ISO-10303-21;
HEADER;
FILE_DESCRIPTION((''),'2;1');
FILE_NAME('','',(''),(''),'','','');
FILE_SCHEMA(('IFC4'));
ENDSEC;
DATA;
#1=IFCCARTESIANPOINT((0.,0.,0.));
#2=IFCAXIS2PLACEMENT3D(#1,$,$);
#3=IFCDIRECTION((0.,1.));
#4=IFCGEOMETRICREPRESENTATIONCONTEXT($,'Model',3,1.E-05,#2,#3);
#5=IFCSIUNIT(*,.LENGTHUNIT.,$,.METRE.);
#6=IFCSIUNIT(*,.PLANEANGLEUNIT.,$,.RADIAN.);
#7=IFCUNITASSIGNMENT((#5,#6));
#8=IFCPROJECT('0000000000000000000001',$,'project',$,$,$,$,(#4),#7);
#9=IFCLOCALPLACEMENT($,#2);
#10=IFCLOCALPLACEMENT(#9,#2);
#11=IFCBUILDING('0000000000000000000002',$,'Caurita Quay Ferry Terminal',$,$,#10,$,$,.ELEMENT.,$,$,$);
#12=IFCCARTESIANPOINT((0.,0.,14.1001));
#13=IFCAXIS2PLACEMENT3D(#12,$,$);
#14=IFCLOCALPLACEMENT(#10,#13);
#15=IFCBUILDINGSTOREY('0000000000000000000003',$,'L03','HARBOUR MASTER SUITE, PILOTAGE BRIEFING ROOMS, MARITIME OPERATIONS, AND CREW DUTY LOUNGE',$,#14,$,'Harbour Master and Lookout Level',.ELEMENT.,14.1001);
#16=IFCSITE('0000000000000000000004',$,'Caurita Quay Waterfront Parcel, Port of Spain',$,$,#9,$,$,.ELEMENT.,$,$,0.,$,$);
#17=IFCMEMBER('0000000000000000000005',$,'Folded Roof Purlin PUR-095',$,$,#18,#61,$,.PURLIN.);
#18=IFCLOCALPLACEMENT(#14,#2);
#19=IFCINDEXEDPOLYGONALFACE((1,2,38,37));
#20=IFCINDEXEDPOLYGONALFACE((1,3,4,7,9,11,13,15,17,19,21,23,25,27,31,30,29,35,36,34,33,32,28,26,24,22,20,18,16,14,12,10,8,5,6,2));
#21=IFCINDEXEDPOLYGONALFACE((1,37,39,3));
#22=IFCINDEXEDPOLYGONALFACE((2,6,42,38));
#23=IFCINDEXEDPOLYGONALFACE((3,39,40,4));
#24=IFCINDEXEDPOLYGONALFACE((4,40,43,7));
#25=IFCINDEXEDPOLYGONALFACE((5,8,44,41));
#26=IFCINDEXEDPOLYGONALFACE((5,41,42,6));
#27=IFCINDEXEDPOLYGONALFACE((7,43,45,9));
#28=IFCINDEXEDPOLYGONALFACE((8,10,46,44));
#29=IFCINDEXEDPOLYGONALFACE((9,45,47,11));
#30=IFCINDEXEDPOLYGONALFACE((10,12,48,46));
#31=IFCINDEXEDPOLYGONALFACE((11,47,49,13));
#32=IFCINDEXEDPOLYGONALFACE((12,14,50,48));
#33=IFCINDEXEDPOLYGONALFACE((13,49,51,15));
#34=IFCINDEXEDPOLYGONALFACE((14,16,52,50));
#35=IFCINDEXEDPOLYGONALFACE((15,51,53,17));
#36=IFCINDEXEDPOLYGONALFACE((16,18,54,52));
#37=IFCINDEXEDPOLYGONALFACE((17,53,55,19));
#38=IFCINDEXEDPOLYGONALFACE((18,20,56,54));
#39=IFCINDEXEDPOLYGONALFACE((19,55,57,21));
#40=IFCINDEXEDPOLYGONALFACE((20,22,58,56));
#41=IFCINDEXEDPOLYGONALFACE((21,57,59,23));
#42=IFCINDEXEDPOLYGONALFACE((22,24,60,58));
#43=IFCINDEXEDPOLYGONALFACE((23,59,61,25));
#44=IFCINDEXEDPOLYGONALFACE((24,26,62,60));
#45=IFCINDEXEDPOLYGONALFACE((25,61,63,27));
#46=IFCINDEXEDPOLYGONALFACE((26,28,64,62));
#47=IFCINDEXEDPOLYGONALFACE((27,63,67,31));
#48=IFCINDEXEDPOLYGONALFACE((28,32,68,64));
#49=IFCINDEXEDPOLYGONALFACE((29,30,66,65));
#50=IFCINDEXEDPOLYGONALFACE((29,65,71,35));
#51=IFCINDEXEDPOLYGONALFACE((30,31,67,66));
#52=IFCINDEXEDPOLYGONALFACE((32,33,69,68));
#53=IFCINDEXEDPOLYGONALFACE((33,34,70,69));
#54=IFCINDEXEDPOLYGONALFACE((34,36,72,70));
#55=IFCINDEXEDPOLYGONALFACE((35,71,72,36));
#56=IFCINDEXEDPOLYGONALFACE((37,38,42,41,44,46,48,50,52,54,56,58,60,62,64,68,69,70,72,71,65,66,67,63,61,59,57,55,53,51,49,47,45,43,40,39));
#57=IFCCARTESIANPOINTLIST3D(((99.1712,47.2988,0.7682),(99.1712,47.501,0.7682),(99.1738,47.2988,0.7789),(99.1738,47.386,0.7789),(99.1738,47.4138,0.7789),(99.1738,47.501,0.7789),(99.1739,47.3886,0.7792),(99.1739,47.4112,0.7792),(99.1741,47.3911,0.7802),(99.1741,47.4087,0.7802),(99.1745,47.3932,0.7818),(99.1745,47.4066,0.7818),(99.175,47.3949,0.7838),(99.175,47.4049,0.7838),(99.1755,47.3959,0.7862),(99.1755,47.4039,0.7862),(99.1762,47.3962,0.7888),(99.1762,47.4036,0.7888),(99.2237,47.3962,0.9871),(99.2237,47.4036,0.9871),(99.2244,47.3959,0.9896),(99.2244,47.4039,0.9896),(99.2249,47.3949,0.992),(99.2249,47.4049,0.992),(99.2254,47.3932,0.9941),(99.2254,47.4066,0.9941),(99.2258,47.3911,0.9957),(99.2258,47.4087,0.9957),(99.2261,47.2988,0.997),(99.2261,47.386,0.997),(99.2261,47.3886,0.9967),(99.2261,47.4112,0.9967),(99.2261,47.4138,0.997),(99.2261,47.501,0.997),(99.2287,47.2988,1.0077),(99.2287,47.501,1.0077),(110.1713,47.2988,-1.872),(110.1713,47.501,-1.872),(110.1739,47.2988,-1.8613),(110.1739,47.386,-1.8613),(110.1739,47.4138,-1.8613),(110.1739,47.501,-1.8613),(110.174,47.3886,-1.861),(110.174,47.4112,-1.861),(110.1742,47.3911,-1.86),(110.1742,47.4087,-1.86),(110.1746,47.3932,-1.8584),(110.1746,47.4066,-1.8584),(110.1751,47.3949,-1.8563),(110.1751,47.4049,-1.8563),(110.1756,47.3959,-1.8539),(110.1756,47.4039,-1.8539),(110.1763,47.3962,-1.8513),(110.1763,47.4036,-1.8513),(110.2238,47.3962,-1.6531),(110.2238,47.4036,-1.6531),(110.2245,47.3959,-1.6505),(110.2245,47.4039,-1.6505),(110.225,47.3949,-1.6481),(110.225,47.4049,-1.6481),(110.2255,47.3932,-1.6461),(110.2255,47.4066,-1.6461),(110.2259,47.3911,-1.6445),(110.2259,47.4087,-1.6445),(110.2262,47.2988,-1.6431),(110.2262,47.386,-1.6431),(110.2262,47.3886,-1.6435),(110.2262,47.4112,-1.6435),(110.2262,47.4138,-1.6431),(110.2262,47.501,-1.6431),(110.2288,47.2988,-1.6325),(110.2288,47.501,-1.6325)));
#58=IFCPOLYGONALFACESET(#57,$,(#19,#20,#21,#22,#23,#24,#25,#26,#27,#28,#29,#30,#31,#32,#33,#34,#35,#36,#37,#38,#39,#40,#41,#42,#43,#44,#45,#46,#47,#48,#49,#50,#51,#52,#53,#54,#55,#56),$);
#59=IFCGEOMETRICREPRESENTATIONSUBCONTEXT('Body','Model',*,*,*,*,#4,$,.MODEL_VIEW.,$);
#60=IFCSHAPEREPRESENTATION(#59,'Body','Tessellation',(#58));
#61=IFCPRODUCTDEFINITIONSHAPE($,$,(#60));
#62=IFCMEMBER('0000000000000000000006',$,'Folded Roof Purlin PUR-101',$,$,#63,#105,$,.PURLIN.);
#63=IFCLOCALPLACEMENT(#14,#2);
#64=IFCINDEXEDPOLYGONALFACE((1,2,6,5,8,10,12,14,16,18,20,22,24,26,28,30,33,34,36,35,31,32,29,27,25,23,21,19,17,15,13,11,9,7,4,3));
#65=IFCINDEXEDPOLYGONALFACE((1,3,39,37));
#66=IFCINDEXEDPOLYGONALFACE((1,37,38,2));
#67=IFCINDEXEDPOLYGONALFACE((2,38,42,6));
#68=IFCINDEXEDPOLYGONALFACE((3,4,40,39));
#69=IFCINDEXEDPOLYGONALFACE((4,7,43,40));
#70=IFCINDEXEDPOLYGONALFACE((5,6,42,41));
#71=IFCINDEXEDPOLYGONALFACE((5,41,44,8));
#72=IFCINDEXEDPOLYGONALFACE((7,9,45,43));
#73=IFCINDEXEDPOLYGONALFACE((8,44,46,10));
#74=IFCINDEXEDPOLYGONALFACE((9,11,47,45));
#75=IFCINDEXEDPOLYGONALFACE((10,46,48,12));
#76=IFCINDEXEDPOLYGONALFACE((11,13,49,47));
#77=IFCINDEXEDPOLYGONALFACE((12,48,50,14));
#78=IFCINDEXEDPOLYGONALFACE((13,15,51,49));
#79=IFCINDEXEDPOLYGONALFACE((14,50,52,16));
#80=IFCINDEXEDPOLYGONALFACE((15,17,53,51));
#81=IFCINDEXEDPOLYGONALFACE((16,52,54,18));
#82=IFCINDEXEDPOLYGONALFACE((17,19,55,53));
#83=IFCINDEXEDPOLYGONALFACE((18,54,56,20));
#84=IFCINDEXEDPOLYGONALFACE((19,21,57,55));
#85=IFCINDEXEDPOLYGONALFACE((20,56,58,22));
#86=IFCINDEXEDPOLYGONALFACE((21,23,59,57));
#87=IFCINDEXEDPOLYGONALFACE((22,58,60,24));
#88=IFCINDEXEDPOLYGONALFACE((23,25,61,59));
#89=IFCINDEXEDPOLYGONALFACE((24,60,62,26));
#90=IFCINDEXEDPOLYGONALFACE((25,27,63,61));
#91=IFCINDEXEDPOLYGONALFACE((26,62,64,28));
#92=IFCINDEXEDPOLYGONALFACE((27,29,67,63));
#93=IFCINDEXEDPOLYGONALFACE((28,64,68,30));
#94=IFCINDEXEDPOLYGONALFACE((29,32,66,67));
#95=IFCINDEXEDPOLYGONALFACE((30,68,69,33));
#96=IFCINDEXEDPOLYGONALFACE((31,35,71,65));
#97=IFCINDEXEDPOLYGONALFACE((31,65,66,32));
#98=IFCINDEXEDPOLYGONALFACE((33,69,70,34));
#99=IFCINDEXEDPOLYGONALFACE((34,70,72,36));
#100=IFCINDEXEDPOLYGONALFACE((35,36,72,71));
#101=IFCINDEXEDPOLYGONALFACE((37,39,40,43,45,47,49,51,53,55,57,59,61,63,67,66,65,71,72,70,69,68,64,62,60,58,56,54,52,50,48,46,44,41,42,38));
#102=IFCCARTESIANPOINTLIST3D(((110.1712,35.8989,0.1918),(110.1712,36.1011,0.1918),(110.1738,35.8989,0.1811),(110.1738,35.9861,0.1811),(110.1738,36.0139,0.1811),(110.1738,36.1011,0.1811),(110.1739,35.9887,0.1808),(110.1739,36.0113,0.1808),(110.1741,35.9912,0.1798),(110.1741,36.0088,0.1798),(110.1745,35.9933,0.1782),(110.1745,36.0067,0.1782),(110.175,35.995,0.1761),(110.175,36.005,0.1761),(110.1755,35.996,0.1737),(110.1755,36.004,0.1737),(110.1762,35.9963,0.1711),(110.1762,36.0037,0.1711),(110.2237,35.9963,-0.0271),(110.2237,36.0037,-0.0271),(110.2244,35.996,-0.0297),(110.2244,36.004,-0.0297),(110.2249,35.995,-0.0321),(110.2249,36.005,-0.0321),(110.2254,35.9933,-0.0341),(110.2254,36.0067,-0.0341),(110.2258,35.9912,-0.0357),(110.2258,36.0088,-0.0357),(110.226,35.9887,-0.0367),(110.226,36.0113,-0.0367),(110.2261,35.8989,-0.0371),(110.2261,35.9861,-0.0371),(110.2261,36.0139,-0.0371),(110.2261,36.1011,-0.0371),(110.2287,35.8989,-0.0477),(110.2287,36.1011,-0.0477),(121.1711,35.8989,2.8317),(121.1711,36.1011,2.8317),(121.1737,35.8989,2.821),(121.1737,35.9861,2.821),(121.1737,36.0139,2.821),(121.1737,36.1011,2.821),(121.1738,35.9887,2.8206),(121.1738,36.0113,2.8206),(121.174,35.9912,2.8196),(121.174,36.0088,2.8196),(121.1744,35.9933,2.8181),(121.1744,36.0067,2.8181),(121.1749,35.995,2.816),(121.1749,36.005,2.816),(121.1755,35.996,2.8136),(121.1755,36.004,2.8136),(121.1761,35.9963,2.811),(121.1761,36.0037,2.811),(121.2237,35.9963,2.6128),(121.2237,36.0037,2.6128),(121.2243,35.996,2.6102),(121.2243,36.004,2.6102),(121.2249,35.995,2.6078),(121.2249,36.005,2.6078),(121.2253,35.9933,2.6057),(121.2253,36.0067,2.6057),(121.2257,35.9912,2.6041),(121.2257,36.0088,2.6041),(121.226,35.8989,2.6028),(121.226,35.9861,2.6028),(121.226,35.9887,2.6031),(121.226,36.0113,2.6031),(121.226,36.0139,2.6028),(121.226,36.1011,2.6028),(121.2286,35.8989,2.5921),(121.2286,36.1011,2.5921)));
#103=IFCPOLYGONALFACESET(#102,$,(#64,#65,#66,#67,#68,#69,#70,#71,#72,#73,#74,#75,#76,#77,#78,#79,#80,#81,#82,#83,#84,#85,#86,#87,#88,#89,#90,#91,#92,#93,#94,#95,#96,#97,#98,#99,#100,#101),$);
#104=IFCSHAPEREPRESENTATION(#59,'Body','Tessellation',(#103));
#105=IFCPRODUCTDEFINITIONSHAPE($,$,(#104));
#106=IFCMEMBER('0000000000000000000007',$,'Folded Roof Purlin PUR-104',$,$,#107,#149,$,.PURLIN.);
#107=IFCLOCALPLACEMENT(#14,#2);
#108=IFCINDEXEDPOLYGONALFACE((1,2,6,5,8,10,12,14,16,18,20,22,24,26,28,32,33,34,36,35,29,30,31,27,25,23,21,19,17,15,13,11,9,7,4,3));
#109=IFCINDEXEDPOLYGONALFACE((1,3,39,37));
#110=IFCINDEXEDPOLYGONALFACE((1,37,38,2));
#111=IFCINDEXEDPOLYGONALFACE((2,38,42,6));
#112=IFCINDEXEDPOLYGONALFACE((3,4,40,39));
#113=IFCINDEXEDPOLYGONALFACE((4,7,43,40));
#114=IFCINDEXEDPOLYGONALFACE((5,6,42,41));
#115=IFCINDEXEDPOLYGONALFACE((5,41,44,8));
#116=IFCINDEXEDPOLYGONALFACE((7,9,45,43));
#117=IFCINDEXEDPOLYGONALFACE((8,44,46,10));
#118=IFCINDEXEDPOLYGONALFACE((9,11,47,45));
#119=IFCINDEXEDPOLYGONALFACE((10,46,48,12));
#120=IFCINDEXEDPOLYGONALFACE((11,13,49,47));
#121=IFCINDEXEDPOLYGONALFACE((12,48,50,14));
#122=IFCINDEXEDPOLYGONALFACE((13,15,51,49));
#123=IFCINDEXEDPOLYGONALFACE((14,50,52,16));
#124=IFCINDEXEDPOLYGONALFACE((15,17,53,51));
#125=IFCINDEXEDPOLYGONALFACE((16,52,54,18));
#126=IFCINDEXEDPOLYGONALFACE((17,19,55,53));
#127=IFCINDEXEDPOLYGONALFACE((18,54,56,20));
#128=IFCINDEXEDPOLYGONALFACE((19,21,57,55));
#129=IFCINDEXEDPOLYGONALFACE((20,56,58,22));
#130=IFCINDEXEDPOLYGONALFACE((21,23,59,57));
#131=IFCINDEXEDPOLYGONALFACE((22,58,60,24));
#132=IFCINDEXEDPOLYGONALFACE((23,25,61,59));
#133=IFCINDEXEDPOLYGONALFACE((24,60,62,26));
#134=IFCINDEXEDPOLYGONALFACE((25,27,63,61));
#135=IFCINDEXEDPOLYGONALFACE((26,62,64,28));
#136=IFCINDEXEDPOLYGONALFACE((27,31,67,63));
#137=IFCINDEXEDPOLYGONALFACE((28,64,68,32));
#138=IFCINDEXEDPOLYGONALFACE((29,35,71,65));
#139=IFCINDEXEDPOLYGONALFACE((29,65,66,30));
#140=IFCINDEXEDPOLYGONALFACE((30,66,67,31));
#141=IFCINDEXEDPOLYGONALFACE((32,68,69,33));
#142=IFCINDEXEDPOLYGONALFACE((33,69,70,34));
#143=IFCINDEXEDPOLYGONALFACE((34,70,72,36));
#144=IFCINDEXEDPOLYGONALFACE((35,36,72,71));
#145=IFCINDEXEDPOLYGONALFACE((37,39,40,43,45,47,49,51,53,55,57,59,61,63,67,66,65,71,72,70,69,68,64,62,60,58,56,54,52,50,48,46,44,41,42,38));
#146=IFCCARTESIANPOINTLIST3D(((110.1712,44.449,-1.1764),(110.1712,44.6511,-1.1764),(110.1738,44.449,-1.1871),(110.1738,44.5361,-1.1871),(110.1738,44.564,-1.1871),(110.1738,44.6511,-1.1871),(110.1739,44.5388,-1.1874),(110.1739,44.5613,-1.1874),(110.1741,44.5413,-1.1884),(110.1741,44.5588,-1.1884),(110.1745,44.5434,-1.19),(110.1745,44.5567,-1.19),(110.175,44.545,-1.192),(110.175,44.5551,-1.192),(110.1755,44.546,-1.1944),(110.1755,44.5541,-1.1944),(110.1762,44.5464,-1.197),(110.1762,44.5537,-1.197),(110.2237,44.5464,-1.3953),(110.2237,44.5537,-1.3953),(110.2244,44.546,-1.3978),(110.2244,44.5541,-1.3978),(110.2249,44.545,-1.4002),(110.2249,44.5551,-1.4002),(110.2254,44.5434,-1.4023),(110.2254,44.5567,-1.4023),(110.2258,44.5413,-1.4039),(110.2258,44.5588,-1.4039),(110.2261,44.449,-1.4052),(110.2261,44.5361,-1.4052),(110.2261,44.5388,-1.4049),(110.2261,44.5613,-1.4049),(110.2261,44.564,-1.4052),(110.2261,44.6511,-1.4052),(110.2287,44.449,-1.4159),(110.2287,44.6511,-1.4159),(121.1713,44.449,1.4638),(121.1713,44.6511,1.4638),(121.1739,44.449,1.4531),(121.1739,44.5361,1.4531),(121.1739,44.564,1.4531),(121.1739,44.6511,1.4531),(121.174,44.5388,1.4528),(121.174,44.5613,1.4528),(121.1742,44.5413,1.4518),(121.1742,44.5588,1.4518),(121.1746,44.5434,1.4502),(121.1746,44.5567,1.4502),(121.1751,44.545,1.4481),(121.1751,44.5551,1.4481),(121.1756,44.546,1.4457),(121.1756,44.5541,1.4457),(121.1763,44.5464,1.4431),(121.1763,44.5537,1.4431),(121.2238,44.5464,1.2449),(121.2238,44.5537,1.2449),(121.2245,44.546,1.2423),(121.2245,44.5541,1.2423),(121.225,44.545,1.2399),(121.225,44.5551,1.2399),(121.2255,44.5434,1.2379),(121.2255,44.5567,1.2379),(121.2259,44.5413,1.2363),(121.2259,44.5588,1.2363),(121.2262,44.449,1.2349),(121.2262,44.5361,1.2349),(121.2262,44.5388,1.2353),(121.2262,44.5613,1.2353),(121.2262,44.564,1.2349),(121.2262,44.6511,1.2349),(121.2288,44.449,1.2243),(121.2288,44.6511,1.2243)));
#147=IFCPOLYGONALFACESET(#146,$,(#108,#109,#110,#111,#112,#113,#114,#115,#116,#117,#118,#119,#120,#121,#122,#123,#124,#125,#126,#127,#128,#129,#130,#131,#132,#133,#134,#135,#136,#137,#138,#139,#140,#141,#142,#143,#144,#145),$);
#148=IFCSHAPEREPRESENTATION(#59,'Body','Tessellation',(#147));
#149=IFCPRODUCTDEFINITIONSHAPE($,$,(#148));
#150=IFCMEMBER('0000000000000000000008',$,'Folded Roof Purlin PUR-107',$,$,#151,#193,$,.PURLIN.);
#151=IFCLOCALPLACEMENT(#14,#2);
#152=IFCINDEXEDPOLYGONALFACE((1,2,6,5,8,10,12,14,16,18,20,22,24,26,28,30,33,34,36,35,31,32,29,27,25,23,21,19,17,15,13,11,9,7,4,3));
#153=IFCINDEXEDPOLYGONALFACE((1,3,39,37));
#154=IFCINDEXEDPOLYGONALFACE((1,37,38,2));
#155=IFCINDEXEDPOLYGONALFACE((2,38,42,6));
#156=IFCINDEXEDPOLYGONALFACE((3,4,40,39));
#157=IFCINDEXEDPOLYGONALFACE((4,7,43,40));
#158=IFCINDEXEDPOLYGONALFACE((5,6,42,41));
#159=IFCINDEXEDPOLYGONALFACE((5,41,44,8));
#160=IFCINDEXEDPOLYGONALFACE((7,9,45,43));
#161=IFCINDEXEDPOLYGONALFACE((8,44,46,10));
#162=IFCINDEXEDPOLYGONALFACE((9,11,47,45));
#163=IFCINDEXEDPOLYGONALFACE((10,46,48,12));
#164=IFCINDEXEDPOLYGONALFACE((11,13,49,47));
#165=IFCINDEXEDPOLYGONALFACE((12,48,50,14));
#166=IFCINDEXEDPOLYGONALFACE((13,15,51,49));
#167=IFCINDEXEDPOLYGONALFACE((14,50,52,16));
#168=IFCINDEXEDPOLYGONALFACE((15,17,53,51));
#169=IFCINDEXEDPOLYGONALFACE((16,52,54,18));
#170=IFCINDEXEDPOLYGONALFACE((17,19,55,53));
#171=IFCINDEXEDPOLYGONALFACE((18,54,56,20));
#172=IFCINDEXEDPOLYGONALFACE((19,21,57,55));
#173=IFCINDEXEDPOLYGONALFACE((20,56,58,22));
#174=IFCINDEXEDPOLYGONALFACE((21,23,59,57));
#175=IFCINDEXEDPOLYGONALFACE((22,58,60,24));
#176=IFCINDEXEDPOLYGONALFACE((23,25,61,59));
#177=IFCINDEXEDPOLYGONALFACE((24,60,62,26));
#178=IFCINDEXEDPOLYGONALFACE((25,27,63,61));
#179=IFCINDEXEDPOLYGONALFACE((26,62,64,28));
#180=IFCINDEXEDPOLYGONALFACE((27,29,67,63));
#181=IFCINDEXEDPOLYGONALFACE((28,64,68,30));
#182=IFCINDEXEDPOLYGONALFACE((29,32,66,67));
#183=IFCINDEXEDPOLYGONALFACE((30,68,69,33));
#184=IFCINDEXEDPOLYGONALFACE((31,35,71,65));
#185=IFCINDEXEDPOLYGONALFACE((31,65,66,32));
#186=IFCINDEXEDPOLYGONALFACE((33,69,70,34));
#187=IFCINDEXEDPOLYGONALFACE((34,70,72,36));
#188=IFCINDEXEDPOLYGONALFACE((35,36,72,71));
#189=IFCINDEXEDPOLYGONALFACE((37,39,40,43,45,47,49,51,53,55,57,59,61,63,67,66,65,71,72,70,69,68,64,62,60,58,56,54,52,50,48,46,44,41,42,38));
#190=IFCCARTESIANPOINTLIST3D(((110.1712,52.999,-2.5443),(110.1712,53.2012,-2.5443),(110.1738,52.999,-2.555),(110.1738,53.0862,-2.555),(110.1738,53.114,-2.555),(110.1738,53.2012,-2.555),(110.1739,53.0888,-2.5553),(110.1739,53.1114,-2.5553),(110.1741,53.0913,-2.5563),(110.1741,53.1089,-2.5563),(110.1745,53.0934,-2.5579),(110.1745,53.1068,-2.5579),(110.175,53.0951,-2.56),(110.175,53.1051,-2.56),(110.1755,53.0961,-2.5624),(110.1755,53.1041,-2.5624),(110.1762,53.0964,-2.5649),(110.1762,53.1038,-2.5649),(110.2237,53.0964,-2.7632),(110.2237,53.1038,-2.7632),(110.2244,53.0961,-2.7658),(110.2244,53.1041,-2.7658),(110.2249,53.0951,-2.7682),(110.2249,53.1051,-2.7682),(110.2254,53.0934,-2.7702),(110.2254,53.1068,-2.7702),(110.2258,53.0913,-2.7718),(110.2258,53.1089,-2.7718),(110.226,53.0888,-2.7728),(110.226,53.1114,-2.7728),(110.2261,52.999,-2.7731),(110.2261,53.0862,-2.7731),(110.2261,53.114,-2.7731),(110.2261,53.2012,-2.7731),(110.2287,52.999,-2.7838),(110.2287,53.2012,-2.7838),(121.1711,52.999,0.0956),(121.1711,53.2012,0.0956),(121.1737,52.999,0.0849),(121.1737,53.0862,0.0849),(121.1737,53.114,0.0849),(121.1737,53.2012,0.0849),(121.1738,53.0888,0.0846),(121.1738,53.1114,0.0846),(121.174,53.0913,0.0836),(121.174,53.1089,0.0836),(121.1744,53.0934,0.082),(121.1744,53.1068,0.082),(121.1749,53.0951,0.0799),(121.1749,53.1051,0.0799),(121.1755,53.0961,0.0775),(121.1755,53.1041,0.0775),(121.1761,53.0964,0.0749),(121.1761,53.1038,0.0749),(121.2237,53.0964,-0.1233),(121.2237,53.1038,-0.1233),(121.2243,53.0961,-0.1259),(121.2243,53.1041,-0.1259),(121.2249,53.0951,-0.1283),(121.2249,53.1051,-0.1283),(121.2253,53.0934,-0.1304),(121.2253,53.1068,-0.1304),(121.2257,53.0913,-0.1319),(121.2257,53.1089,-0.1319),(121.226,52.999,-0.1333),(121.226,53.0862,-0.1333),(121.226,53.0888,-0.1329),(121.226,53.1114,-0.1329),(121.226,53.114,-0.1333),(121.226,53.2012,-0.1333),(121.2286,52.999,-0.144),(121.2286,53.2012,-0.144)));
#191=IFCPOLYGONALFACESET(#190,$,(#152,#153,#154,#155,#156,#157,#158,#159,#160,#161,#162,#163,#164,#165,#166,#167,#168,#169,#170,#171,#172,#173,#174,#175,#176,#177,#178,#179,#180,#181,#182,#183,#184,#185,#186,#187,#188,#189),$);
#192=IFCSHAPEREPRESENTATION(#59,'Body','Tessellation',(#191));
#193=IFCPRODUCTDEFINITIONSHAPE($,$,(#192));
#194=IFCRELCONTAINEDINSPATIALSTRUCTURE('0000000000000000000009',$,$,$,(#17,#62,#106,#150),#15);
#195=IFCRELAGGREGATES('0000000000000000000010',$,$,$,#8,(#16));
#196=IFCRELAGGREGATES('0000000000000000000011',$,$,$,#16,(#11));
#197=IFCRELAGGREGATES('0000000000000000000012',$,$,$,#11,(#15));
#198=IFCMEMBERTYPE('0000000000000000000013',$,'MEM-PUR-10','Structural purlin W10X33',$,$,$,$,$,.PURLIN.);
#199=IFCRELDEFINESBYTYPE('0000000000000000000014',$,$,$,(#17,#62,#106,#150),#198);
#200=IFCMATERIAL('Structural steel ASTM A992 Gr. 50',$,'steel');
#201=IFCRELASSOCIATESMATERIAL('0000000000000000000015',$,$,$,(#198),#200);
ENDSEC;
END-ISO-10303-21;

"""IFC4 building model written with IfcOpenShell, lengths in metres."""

from ifc_helpers import new_model, si_unit, direction, frame, origin, origin_2d, place, context, subcontext, project, spatial, i_section, extrude, material, material_profile, profile_set, type_object, element, save


model = new_model("IFC4")

# Units and contexts
model_context = context("Model", 3, precision=1e-05, world=origin(), true_north=direction((0.0, 1.0)))
body_context = subcontext(model_context, "Body", "Model", "MODEL_VIEW")
ifc_project = project(units=[si_unit("LENGTHUNIT", "METRE"), si_unit("PLANEANGLEUNIT", "RADIAN")], contexts=[model_context])

# Site, building, storey
site_placement = place(None, origin())
site = spatial("IfcSite", under=ifc_project, at=site_placement, Name="Caurita Quay Waterfront Parcel, Port of Spain", CompositionType="ELEMENT", RefElevation=0.0)
building_placement = place(site_placement, origin())
building = spatial("IfcBuilding", under=site, at=building_placement, Name="Caurita Quay Ferry Terminal", CompositionType="ELEMENT")
storey_placement = place(building_placement, frame((0.0, 0.0, 14.1001)))
storey = spatial("IfcBuildingStorey", under=building, at=storey_placement, Name="L03", Description="HARBOUR MASTER SUITE, PILOTAGE BRIEFING ROOMS, MARITIME OPERATIONS, AND CREW DUTY LOUNGE", LongName="Harbour Master and Lookout Level", CompositionType="ELEMENT", Elevation=14.1001)

# Shared definitions
ifc_material_1 = material(Name="Structural steel ASTM A992 Gr. 50", Category="steel")

# Members
ifc_material_profile_1 = material_profile(ifc_material_1, i_section(OverallWidth=0.2021, OverallDepth=0.2463, WebThickness=0.0073, FlangeThickness=0.011, FilletRadius=0.0103, at=origin_2d()), Name="W10X33")
ifc_profile_set_1 = profile_set([ifc_material_profile_1], Name="Structural steel ASTM A992 Gr. 50")
member_type_1 = type_object("IfcMemberType", Name="MEM-PUR-10", Description="Structural purlin W10X33", PredefinedType="PURLIN", material=ifc_profile_set_1)
member_1_placement = place(storey_placement, frame((99.2, 47.3999, 0.8879), z_axis=(0.972385, 0.0, -0.233384), x_axis=(0.0, 1.0, 0.0)))
element("IfcMember", 1, at=member_1_placement, inside=storey, type_object=member_type_1, Name="Folded Roof Purlin PUR-095", PredefinedType="PURLIN", context=body_context, shape_type="SweptSolid", body=[
    extrude(i_section(OverallWidth=0.2021, OverallDepth=0.2463, WebThickness=0.0073, FlangeThickness=0.011, FilletRadius=0.0103, at=origin_2d()), origin(), (0.0, 0.0, 1.0), 11.3125),
])
member_2_placement = place(storey_placement, frame((110.2, 36.0, 0.072), z_axis=(0.972389, 0.0, 0.233364), x_axis=(0.0, 1.0, 0.0)))
element("IfcMember", 2, at=member_2_placement, inside=storey, type_object=member_type_1, Name="Folded Roof Purlin PUR-101", PredefinedType="PURLIN", context=body_context, shape_type="SweptSolid", body=[
    extrude(i_section(OverallWidth=0.2021, OverallDepth=0.2463, WebThickness=0.0073, FlangeThickness=0.011, FilletRadius=0.0103, at=origin_2d()), origin(), (0.0, 0.0, 1.0), 11.3123),
])
member_3_placement = place(storey_placement, frame((110.2, 44.55, -1.2961), z_axis=(0.972385, 0.0, 0.233384), x_axis=(0.0, 1.0, 0.0)))
element("IfcMember", 3, at=member_3_placement, inside=storey, type_object=member_type_1, Name="Folded Roof Purlin PUR-104", PredefinedType="PURLIN", context=body_context, shape_type="SweptSolid", body=[
    extrude(i_section(OverallWidth=0.2021, OverallDepth=0.2463, WebThickness=0.0073, FlangeThickness=0.011, FilletRadius=0.0103, at=origin_2d()), origin(), (0.0, 0.0, 1.0), 11.3125),
])
member_4_placement = place(storey_placement, frame((110.2, 53.1001, -2.6641), z_axis=(0.972389, 0.0, 0.233364), x_axis=(0.0, 1.0, 0.0)))
element("IfcMember", 4, at=member_4_placement, inside=storey, type_object=member_type_1, Name="Folded Roof Purlin PUR-107", PredefinedType="PURLIN", context=body_context, shape_type="SweptSolid", body=[
    extrude(i_section(OverallWidth=0.2021, OverallDepth=0.2463, WebThickness=0.0073, FlangeThickness=0.011, FilletRadius=0.0103, at=origin_2d()), origin(), (0.0, 0.0, 1.0), 11.3123),
])

save(model, "model.ifc")
